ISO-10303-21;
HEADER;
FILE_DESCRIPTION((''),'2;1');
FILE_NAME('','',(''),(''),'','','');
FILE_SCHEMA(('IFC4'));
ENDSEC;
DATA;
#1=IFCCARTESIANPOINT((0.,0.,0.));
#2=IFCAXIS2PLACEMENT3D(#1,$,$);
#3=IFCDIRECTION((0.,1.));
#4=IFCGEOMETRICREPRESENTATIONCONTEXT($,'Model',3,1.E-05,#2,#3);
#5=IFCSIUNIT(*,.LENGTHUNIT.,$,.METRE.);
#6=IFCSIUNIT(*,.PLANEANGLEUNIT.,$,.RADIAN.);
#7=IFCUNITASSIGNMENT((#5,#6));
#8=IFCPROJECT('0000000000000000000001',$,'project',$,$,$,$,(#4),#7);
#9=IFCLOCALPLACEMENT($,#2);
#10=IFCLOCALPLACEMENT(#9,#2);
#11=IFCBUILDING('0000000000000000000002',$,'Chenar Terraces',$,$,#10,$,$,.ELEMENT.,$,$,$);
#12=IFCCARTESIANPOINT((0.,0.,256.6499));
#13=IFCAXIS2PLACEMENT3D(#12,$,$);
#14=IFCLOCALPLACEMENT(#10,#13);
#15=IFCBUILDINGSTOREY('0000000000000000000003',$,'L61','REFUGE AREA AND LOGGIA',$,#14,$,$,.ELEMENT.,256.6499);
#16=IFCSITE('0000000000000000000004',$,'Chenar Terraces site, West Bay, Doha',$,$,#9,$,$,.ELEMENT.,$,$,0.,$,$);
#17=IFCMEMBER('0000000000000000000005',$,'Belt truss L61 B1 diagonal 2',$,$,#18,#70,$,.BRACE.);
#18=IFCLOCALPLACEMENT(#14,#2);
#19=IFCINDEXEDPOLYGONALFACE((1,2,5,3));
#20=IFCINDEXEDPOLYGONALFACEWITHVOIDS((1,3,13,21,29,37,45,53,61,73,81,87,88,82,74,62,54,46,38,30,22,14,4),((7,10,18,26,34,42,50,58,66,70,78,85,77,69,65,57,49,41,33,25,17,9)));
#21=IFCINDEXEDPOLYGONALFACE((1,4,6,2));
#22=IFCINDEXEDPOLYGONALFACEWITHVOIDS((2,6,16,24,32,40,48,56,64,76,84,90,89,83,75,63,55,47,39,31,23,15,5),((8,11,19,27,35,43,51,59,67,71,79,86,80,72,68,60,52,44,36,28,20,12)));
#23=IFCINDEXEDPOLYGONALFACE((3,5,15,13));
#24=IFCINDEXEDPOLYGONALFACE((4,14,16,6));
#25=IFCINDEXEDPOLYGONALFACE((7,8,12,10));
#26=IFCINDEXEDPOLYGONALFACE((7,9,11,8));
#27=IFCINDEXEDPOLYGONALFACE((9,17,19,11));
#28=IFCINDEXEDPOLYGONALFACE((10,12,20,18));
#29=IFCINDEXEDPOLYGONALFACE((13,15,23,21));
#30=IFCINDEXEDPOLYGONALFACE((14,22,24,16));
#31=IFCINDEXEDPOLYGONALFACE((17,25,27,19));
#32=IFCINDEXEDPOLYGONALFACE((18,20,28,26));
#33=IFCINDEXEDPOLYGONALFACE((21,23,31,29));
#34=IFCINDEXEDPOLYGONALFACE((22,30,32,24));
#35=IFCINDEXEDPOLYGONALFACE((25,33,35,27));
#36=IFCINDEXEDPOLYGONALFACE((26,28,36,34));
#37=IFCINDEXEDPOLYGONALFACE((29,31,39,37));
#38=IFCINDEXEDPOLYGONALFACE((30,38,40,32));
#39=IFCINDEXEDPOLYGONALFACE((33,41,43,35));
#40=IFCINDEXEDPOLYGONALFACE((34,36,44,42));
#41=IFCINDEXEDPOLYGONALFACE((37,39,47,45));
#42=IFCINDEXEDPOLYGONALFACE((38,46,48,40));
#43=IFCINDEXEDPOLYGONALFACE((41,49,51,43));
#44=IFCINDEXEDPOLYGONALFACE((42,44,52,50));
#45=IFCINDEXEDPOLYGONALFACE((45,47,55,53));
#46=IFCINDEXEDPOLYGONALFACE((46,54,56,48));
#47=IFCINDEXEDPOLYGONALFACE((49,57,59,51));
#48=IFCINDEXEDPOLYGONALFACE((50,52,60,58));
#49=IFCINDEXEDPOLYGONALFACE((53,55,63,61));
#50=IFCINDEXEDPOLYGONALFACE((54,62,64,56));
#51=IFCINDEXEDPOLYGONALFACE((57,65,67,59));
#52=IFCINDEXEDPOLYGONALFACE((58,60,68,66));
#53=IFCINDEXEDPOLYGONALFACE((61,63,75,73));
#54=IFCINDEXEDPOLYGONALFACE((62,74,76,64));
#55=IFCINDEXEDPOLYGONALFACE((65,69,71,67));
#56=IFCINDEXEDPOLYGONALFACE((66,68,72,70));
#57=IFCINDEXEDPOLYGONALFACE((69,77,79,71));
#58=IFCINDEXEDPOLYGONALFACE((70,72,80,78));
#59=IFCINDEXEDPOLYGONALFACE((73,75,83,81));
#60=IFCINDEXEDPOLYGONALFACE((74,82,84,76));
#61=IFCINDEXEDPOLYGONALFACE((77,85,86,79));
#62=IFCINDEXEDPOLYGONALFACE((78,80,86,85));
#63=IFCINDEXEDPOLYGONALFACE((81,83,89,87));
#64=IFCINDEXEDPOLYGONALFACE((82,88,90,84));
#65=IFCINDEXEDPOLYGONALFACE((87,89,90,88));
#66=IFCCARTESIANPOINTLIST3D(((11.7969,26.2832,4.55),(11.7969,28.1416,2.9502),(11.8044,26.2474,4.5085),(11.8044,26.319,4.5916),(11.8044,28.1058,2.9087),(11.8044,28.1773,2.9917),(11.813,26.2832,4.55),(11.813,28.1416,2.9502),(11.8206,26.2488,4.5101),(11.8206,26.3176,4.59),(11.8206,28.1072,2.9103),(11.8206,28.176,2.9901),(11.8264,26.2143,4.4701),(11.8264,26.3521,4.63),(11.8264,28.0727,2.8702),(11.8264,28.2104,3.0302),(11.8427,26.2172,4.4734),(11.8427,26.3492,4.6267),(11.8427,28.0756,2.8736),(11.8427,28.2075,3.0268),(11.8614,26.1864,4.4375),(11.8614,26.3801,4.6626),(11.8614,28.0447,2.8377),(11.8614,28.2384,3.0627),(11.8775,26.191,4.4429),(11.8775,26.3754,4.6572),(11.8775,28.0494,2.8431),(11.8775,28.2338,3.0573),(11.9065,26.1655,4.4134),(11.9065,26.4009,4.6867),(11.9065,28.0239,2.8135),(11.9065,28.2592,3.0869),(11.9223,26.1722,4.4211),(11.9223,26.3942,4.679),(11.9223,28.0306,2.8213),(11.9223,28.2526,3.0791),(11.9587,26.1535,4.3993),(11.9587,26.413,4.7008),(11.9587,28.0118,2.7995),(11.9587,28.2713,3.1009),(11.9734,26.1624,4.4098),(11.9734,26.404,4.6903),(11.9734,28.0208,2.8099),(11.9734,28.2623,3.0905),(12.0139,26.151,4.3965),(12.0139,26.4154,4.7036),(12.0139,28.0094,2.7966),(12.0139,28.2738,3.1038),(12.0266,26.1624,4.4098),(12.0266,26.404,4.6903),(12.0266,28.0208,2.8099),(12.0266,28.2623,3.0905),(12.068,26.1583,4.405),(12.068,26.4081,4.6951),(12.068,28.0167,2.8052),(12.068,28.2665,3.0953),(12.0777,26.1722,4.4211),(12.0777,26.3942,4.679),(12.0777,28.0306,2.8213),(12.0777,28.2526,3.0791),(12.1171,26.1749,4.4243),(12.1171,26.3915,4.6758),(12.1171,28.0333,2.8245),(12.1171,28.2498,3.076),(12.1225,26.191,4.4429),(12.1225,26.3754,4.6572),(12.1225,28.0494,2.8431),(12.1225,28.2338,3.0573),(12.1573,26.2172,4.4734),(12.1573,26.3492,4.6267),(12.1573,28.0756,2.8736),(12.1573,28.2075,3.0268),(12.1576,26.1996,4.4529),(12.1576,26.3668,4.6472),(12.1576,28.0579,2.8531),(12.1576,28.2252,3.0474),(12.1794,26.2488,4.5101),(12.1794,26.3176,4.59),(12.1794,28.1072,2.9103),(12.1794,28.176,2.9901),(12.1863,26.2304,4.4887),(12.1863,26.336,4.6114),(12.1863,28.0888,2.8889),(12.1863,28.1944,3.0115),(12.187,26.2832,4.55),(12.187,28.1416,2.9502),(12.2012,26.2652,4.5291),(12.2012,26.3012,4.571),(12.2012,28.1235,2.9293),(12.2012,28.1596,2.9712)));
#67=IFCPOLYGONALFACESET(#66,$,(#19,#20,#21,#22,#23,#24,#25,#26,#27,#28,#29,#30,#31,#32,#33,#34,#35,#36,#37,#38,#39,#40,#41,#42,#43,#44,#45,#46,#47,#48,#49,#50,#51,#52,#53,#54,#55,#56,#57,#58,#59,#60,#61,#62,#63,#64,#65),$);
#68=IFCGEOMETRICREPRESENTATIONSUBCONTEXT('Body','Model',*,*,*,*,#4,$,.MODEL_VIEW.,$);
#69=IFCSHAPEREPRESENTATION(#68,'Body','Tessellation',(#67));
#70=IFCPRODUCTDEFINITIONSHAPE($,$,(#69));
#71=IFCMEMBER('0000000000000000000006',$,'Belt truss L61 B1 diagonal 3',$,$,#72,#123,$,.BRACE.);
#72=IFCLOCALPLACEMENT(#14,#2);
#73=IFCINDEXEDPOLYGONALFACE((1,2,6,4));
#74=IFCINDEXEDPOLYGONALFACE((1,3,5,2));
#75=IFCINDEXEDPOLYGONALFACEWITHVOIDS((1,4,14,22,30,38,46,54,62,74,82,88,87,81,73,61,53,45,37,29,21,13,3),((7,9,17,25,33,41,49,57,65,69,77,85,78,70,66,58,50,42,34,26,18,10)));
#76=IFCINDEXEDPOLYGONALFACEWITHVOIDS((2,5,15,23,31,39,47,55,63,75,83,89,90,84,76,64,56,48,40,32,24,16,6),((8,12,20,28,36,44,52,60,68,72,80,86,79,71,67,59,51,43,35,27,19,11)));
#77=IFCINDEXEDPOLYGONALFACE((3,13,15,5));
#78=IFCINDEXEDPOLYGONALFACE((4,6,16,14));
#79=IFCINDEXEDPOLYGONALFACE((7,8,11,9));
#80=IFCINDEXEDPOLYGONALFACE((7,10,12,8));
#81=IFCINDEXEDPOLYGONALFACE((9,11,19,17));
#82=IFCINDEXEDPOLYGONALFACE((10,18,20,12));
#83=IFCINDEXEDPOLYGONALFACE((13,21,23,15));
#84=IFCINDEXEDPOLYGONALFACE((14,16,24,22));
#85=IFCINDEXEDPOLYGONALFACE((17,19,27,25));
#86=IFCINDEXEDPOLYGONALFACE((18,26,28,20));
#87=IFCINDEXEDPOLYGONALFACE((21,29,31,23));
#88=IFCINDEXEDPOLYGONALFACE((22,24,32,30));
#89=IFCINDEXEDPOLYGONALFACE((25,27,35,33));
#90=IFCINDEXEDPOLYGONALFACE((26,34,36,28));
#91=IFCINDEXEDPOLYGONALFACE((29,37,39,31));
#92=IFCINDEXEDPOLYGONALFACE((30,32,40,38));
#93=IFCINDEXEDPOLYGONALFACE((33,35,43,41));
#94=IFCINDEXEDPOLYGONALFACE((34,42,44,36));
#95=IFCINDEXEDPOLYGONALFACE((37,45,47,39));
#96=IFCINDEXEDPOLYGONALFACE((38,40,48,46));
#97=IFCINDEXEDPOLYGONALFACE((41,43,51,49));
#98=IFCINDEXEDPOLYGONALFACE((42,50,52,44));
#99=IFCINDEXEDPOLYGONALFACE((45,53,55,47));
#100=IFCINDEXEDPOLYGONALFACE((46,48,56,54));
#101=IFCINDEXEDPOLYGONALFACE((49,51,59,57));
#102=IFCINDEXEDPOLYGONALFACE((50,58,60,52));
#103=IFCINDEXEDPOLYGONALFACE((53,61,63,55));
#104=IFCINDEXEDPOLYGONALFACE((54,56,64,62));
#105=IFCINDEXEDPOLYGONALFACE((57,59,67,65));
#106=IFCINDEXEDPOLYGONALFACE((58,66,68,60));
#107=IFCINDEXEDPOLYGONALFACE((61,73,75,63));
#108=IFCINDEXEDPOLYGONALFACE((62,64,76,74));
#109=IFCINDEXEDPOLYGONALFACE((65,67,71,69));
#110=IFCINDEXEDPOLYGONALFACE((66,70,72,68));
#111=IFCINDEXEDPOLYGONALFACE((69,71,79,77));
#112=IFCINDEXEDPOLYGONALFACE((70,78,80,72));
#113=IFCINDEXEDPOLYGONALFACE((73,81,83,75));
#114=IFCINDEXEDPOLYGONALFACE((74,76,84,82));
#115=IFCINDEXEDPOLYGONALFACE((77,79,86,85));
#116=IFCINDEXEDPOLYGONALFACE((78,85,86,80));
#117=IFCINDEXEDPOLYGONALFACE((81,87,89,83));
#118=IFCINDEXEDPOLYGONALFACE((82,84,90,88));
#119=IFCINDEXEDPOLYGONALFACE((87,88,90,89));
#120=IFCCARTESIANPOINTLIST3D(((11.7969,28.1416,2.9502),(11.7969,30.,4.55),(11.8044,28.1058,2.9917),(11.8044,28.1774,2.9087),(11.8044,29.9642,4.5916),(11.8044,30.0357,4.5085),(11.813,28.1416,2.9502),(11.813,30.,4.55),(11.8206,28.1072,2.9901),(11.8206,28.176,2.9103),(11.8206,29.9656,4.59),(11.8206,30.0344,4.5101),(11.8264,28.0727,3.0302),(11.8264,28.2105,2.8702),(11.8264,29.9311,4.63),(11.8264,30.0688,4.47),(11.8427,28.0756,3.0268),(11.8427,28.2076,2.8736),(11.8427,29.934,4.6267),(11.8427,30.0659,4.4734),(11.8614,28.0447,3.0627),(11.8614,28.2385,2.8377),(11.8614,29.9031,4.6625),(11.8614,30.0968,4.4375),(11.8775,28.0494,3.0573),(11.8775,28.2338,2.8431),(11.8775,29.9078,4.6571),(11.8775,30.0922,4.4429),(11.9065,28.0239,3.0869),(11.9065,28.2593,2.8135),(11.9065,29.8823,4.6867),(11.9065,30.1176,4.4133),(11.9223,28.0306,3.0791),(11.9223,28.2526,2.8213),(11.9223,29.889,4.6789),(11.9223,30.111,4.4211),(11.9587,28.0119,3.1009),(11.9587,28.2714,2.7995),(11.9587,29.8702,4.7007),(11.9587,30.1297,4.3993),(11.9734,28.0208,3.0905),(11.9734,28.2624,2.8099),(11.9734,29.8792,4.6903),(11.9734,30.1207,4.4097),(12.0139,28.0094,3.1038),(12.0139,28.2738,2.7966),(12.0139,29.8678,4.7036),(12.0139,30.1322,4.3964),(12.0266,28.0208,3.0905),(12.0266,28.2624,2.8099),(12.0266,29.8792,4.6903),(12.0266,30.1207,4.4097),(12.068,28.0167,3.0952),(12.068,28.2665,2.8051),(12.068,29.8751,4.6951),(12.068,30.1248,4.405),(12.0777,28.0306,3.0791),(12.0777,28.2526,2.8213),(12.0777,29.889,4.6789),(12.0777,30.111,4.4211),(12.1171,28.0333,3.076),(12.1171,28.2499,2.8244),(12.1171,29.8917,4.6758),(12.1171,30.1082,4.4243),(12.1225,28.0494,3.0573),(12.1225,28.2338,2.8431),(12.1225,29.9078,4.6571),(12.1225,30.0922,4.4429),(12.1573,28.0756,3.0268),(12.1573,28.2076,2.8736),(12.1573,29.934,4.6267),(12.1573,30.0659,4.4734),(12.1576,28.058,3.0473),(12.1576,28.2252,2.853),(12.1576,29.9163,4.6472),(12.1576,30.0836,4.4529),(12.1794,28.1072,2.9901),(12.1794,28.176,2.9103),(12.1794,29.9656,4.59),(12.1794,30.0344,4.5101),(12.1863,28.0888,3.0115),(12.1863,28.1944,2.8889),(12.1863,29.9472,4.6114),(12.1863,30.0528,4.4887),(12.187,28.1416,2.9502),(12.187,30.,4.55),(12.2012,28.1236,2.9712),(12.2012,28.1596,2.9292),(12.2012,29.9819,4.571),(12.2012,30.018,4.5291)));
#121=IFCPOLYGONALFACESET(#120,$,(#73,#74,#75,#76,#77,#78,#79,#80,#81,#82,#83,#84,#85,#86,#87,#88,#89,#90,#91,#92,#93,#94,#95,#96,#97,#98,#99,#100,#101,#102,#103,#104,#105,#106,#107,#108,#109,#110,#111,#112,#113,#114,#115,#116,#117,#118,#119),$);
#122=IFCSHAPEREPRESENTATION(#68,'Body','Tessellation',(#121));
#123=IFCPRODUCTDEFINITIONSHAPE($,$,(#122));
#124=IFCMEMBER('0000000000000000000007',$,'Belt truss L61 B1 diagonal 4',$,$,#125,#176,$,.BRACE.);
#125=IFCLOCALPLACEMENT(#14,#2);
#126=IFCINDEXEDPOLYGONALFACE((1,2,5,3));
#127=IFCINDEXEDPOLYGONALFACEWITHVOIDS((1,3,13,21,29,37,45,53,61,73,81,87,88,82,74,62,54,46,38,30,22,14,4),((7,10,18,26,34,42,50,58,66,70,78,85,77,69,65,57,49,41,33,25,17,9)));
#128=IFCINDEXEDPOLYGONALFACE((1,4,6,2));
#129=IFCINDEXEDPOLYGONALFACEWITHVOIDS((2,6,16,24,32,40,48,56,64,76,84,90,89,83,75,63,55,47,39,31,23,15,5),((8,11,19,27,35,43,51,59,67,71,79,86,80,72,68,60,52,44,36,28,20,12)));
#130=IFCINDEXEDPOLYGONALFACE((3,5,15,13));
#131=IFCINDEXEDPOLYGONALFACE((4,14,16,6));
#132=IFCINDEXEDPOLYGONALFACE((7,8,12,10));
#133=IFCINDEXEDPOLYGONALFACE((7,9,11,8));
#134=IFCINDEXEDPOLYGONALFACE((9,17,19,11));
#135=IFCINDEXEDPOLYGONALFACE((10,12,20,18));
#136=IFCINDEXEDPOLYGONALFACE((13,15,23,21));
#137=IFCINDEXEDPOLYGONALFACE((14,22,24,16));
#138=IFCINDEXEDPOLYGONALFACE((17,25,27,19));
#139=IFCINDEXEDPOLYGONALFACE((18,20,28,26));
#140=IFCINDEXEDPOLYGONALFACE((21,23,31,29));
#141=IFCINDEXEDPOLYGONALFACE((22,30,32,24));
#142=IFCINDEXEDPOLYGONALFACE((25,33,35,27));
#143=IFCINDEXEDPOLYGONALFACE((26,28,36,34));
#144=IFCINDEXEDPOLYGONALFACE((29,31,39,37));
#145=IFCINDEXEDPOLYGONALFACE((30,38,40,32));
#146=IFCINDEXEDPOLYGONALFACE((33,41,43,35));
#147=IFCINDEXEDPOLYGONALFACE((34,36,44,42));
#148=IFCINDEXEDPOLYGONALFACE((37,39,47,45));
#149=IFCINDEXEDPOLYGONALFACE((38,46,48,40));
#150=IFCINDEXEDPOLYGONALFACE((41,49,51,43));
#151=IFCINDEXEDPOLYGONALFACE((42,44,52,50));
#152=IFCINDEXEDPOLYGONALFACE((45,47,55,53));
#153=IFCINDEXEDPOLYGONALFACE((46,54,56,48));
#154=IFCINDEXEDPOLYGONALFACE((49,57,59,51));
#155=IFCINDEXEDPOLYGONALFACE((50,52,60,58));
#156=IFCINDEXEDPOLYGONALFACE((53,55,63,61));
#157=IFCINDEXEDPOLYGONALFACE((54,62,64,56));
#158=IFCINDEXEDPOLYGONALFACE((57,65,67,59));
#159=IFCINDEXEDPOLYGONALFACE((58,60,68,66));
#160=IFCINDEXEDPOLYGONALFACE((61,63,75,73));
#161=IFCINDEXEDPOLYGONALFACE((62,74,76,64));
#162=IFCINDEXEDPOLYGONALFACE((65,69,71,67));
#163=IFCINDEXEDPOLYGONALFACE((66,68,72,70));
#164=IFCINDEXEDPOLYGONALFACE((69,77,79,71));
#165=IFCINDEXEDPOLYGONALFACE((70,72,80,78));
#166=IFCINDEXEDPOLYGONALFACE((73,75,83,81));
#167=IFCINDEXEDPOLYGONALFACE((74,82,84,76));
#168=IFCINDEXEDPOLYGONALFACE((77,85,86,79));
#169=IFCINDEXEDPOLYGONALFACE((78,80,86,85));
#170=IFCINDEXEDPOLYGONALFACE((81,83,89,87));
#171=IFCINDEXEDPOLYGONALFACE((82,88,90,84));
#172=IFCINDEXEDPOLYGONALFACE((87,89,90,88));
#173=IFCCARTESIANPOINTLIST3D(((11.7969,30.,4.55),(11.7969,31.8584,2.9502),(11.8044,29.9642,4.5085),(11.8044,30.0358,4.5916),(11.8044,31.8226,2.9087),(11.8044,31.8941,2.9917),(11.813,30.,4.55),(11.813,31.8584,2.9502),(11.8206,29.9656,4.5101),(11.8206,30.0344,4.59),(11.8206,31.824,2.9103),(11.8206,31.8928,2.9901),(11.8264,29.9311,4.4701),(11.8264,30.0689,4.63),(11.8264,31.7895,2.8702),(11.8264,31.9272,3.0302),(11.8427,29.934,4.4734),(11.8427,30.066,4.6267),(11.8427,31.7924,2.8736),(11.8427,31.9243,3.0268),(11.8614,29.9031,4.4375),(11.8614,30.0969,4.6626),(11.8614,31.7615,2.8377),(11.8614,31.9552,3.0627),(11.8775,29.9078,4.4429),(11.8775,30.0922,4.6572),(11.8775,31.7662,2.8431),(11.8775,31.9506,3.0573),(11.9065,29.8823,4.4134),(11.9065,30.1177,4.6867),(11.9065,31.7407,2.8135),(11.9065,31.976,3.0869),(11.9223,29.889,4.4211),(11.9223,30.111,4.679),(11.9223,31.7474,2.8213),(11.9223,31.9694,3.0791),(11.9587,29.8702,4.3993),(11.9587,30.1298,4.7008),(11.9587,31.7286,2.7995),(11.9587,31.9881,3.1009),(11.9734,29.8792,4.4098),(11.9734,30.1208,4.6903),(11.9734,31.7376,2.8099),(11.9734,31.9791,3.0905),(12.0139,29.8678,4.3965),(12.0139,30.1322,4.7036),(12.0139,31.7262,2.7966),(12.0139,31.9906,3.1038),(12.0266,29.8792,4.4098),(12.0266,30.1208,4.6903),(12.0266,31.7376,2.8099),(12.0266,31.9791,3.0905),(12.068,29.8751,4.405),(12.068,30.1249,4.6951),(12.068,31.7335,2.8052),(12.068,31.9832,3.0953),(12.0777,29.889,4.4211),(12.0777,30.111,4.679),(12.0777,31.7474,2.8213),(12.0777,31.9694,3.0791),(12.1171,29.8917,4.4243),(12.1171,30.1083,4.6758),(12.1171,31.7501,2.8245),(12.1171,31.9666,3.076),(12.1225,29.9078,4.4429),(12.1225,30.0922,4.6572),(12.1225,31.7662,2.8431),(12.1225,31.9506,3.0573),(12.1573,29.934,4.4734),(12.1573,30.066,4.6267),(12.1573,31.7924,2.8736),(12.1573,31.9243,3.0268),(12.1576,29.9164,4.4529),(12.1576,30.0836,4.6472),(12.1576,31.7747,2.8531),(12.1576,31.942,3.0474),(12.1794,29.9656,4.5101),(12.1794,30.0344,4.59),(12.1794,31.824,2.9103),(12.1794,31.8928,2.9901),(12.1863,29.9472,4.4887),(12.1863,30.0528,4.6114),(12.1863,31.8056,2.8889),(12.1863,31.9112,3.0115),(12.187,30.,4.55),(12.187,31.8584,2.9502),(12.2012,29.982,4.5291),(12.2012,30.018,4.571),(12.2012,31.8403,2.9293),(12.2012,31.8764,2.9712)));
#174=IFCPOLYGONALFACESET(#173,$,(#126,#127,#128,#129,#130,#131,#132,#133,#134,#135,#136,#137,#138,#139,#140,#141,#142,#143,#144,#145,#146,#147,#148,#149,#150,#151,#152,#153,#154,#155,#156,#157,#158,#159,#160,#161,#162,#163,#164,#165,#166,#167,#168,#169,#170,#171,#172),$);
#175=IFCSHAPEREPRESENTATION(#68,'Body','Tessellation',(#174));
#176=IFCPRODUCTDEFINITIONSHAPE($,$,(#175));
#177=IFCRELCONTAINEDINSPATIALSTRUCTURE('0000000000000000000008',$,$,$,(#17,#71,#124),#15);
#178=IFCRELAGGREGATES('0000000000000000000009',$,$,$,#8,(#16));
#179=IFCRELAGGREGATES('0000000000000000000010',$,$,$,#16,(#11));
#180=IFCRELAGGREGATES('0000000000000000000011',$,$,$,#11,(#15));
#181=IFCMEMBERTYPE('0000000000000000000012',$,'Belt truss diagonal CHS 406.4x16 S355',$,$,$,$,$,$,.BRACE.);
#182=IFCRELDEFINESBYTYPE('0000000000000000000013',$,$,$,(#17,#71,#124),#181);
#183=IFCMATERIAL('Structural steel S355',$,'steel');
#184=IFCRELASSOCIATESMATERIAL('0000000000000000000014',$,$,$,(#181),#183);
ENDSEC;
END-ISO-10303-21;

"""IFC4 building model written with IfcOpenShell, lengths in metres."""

from ifc_helpers import new_model, si_unit, direction, frame, origin, origin_2d, place, context, subcontext, project, spatial, hollow_circle, extrude, material, material_profile, profile_set, type_object, element, save


model = new_model("IFC4")

# Units and contexts
model_context = context("Model", 3, precision=1e-05, world=origin(), true_north=direction((0.0, 1.0)))
body_context = subcontext(model_context, "Body", "Model", "MODEL_VIEW")
ifc_project = project(units=[si_unit("LENGTHUNIT", "METRE"), si_unit("PLANEANGLEUNIT", "RADIAN")], contexts=[model_context])

# Site, building, storey
site_placement = place(None, origin())
site = spatial("IfcSite", under=ifc_project, at=site_placement, Name="Chenar Terraces site, West Bay, Doha", CompositionType="ELEMENT", RefElevation=0.0)
building_placement = place(site_placement, origin())
building = spatial("IfcBuilding", under=site, at=building_placement, Name="Chenar Terraces", CompositionType="ELEMENT")
storey_placement = place(building_placement, frame((0.0, 0.0, 256.6499)))
storey = spatial("IfcBuildingStorey", under=building, at=storey_placement, Name="L61", Description="REFUGE AREA AND LOGGIA", CompositionType="ELEMENT", Elevation=256.6499)

# Members
ifc_material_1 = material(Name="Structural steel S355", Category="steel")
ifc_material_profile_1 = material_profile(ifc_material_1, hollow_circle(Radius=0.2031, WallThickness=0.0161, at=origin_2d()), Name="CHS 406.4x16")
ifc_profile_set_1 = profile_set([ifc_material_profile_1], Name="Structural steel S355")
member_type = type_object("IfcMemberType", Name="Belt truss diagonal CHS 406.4x16 S355", PredefinedType="BRACE", material=ifc_profile_set_1)
for number, where, z_axis, x_axis, name in (
    (1, (12.0, 26.2832, 4.55), (0.0, 0.757856, -0.652421), (-1.0, 0.0, 0.0), "Belt truss L61 B1 diagonal 2"),
    (2, (12.0, 28.1416, 2.9502), (0.0, 0.757856, 0.652421), (-1.0, 0.0, 0.0), "Belt truss L61 B1 diagonal 3"),
    (3, (12.0, 30.0, 4.55), (0.0, 0.757856, -0.652421), (-1.0, 0.0, 0.0), "Belt truss L61 B1 diagonal 4"),
):
    element("IfcMember", number, at=place(storey_placement, frame(where, z_axis=z_axis, x_axis=x_axis)), inside=storey, type_object=member_type, Name=name, PredefinedType="BRACE", context=body_context, shape_type="SweptSolid", body=[
        extrude(hollow_circle(Radius=0.2031, WallThickness=0.0161, at=origin_2d()), origin(), (0.0, 0.0, 1.0), 2.4521),
    ])

save(model, "model.ifc")
